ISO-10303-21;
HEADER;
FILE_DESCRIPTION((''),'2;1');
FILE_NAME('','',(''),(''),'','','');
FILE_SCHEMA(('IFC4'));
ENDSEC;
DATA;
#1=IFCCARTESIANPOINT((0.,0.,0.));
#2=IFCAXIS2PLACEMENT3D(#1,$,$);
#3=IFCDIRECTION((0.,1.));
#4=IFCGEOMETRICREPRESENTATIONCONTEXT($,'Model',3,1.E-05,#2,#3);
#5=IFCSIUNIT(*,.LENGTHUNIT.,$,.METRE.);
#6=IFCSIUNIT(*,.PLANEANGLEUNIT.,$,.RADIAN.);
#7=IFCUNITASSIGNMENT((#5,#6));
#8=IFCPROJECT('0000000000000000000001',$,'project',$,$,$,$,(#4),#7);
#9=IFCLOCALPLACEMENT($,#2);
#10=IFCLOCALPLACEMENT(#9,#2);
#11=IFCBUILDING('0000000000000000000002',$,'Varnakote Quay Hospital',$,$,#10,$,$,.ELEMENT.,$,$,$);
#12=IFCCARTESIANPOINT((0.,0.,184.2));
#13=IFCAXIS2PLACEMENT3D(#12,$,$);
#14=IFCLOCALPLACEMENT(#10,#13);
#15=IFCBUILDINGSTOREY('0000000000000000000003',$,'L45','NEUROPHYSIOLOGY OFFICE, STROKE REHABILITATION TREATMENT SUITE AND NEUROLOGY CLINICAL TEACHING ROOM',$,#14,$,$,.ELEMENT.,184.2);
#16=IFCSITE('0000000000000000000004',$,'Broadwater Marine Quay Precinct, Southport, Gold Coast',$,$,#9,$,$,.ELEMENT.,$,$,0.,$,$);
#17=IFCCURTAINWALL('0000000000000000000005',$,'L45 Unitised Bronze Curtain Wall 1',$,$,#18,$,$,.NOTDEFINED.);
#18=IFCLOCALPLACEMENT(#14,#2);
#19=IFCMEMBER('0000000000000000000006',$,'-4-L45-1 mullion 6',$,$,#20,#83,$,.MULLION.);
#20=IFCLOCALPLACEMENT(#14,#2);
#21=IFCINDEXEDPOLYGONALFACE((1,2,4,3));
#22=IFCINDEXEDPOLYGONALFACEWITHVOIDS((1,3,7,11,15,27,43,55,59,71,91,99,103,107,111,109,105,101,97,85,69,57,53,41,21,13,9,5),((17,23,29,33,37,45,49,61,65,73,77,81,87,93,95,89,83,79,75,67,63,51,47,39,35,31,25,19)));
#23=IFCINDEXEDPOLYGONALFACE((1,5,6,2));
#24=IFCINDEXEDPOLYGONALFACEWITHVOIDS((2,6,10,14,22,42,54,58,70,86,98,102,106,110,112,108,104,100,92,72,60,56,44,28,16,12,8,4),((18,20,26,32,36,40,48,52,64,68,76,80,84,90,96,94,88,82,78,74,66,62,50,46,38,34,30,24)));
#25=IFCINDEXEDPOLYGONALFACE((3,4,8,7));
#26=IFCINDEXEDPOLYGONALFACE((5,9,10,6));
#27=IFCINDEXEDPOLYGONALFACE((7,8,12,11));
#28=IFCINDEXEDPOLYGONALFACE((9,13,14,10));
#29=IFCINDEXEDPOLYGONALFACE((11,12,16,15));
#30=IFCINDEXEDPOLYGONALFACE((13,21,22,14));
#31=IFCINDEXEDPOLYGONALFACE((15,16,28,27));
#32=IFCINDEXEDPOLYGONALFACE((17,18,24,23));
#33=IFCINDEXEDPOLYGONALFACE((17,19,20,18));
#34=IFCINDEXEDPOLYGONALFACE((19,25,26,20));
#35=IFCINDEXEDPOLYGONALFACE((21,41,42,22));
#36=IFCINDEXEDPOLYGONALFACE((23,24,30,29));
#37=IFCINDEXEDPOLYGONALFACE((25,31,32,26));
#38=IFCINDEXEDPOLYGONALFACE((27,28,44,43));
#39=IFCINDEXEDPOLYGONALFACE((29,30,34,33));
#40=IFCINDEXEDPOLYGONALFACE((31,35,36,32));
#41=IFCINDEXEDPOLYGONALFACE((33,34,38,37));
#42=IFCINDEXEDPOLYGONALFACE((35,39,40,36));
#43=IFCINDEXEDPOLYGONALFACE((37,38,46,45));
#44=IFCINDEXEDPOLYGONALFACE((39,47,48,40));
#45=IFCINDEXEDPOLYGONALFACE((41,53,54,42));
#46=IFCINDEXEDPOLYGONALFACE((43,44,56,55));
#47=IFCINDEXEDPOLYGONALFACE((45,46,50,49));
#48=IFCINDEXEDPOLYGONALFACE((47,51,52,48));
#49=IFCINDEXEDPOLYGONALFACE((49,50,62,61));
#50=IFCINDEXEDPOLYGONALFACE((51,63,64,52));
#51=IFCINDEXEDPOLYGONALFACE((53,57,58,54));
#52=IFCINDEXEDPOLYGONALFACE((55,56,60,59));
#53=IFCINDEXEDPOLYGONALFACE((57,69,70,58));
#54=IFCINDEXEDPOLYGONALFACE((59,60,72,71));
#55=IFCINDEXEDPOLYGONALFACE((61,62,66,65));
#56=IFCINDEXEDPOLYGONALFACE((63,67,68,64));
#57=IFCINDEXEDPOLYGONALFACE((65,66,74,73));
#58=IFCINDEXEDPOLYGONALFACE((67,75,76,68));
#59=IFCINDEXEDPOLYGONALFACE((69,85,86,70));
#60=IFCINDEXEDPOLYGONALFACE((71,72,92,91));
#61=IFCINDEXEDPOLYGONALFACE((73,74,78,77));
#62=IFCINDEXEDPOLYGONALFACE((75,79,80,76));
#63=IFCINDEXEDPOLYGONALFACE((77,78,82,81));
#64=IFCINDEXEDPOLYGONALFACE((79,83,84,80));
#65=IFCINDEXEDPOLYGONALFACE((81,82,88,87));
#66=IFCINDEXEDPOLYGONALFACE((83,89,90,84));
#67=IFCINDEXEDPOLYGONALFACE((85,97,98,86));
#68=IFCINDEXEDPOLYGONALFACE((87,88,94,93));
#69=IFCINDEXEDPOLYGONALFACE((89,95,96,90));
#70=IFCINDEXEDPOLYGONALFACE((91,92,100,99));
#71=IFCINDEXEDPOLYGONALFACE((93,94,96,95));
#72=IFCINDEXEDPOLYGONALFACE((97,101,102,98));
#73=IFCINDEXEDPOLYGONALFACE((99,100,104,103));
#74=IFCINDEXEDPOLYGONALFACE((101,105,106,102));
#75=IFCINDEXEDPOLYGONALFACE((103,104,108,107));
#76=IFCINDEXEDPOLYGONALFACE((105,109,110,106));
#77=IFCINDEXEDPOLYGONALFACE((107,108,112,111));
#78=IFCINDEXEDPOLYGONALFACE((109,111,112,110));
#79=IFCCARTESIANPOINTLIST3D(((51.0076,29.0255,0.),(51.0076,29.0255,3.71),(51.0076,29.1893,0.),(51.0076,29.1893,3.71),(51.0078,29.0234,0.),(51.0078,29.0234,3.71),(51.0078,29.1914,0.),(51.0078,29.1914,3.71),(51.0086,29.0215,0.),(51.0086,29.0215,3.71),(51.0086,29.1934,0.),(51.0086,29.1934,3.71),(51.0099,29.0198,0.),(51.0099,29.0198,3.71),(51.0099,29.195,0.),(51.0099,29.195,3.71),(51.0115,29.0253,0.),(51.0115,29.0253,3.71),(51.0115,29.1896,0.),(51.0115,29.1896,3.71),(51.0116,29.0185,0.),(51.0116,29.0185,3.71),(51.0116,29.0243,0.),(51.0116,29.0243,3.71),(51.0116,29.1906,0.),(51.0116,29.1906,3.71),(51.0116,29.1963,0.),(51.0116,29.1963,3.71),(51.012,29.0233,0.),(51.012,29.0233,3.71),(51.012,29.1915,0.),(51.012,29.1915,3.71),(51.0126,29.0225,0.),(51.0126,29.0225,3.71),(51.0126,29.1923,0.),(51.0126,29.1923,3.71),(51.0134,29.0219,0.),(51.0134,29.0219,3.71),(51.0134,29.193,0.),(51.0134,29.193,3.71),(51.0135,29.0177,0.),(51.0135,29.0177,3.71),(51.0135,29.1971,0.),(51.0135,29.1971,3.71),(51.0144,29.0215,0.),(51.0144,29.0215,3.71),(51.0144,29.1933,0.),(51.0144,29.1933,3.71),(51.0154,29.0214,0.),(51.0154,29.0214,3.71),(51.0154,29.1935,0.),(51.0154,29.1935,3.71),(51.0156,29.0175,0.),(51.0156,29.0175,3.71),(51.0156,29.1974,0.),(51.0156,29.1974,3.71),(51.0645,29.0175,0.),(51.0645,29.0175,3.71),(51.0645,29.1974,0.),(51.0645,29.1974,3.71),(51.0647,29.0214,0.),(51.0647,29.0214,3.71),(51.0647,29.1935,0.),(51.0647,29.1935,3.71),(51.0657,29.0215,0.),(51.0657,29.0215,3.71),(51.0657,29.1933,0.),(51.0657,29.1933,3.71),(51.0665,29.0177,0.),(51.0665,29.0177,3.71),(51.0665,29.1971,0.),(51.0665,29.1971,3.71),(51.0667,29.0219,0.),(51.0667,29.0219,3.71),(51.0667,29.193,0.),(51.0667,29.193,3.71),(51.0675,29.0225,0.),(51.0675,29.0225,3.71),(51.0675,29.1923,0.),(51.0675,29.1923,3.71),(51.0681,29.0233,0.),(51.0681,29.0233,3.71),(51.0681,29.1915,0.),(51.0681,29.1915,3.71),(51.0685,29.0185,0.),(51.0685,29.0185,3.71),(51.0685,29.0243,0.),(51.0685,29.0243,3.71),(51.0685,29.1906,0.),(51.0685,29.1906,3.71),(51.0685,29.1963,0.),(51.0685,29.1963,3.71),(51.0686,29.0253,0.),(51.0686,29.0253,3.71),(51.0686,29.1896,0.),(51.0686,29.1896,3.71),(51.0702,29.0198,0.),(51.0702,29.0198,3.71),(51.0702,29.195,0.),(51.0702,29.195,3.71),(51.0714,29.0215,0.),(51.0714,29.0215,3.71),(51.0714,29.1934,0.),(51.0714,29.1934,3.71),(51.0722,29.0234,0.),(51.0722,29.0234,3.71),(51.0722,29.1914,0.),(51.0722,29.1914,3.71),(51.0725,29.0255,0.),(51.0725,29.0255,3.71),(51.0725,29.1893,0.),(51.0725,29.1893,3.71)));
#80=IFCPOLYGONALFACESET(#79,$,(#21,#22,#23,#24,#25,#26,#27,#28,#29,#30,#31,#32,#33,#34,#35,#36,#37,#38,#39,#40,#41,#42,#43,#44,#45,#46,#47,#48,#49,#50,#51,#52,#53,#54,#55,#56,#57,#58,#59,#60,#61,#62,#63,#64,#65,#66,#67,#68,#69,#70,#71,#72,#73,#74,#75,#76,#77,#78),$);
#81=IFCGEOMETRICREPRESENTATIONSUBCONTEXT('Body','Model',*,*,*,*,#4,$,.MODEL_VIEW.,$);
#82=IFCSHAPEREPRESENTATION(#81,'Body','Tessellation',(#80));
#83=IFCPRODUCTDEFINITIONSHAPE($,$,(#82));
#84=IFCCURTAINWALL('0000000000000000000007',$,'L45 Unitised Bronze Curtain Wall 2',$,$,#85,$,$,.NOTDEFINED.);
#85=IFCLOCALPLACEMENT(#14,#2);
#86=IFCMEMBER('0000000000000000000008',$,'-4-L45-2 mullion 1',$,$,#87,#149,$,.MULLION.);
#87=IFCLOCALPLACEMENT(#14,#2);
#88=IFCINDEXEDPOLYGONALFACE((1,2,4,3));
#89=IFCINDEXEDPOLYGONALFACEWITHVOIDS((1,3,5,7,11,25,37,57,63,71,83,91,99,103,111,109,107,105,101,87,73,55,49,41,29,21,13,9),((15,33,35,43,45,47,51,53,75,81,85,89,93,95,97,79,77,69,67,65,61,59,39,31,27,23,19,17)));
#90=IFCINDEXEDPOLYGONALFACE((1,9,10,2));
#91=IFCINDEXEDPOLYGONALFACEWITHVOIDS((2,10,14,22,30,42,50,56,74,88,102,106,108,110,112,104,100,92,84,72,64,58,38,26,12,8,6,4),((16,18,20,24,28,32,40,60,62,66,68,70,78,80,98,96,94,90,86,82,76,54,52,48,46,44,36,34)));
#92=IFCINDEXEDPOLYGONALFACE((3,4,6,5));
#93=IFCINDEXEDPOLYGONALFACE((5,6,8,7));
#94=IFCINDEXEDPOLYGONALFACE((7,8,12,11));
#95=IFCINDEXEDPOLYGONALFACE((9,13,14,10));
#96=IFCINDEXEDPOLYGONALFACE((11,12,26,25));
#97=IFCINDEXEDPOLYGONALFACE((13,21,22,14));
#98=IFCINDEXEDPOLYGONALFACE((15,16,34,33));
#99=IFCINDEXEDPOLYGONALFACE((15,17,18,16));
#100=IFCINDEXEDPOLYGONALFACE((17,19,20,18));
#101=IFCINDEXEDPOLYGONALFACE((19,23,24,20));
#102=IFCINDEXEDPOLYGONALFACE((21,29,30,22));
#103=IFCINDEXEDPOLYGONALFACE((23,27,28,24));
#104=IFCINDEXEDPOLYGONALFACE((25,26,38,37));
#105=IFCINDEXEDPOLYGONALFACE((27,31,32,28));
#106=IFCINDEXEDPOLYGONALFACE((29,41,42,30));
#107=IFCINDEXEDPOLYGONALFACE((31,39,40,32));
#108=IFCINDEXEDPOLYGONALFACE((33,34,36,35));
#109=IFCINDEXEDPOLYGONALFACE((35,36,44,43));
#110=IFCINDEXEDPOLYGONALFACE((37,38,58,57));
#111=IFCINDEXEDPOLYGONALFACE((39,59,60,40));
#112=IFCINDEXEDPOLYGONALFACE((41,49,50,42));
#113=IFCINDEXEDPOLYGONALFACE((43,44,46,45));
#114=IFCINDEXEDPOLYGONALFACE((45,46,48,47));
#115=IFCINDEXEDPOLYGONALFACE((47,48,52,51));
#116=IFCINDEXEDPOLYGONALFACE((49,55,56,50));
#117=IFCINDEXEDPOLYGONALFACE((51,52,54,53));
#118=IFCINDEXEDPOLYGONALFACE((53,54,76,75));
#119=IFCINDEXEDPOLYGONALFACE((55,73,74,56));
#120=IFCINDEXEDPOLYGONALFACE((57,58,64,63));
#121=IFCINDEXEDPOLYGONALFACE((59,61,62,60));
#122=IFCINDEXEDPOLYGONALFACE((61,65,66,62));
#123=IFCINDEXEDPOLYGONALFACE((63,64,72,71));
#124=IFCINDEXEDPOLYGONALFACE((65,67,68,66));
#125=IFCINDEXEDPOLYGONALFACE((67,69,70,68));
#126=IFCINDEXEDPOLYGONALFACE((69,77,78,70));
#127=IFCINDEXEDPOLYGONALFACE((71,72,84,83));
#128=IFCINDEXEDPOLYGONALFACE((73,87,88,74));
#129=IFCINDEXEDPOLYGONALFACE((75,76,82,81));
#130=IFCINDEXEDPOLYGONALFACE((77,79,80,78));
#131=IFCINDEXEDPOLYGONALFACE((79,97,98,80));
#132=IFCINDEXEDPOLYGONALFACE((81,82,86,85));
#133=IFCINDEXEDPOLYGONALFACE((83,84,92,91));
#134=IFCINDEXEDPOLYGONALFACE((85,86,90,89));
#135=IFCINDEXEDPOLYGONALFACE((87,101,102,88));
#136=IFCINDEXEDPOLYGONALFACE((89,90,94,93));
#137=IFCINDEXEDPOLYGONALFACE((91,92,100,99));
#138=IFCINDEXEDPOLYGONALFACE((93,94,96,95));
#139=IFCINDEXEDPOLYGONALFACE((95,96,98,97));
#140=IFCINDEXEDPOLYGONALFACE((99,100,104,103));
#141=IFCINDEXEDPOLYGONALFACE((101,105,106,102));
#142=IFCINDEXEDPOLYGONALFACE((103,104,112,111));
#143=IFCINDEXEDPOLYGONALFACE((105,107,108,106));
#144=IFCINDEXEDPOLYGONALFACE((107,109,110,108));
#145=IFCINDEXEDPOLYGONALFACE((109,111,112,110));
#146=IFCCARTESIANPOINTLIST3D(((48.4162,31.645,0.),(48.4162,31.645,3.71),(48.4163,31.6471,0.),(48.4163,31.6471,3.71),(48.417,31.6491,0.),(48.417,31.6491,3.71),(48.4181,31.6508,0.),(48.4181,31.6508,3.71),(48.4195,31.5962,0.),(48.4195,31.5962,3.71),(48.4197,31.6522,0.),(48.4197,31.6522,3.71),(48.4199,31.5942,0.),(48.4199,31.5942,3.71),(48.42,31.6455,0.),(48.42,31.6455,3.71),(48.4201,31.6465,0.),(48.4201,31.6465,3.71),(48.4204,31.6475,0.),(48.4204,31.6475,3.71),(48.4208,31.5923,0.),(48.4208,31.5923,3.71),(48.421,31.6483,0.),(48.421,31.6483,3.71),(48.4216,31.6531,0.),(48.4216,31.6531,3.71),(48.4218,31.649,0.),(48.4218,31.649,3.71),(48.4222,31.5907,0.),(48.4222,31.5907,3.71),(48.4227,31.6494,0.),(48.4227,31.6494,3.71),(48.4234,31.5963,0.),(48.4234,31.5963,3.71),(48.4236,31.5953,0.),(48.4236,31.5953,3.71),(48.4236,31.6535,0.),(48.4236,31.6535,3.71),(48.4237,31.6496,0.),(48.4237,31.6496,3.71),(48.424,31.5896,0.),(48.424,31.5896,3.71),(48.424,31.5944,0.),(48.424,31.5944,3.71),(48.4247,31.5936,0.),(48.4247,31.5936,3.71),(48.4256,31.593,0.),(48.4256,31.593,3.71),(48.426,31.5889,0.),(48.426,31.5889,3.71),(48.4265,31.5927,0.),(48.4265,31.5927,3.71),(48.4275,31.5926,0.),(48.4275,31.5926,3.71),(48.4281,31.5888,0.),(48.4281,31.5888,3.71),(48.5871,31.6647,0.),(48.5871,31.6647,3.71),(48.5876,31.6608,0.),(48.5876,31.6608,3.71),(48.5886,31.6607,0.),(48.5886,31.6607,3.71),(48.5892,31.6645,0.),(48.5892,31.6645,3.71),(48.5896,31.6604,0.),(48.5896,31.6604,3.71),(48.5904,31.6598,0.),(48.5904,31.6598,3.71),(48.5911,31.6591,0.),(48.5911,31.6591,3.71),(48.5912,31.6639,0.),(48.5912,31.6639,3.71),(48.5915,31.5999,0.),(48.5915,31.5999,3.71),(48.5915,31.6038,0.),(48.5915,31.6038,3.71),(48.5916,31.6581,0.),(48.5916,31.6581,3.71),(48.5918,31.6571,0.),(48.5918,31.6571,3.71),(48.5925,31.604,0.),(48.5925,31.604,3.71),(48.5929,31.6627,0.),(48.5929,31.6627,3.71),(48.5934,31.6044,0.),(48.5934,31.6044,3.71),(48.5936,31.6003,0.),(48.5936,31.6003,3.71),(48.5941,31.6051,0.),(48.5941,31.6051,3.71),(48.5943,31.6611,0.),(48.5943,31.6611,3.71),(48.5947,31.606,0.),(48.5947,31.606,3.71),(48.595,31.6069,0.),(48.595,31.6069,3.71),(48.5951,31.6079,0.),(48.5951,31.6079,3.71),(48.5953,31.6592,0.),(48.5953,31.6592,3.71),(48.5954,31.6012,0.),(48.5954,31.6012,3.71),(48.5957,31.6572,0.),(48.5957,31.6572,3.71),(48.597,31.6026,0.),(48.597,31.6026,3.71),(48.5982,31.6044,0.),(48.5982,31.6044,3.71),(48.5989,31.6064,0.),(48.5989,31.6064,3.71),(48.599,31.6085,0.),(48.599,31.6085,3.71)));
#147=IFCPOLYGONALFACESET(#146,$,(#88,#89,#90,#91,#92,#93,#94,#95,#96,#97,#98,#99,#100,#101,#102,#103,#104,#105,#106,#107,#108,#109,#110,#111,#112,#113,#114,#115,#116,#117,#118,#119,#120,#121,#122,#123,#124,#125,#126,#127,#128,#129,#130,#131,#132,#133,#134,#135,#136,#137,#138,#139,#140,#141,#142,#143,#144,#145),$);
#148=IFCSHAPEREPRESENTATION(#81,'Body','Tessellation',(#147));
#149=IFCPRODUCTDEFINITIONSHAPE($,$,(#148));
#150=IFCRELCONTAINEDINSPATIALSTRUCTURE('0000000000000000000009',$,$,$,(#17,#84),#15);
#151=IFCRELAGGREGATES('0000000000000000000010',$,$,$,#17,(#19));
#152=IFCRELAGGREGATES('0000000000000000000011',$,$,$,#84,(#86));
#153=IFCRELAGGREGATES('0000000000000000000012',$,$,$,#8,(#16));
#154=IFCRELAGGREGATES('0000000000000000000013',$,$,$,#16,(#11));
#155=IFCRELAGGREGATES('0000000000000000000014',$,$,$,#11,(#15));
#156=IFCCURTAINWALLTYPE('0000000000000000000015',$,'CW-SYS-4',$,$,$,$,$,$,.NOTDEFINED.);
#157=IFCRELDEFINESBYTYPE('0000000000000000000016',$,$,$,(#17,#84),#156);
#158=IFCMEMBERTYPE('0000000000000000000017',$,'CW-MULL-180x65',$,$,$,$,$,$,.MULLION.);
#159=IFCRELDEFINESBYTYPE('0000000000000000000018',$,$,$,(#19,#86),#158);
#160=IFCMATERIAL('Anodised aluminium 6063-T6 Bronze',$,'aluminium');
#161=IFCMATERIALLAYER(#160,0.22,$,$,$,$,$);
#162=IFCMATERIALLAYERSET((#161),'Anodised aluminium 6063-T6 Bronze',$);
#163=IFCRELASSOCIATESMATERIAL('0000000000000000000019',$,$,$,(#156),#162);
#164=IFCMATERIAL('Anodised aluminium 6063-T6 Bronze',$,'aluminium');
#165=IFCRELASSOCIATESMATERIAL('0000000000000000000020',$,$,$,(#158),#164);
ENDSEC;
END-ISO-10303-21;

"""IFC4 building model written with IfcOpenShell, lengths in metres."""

from ifc_helpers import new_model, si_unit, direction, frame, origin, origin_2d, place, context, subcontext, project, spatial, hollow_rectangle, extrude, material, layer, layer_set, material_profile, profile_set, type_object, element, aggregate, save


model = new_model("IFC4")

# Units and contexts
model_context = context("Model", 3, precision=1e-05, world=origin(), true_north=direction((0.0, 1.0)))
body_context = subcontext(model_context, "Body", "Model", "MODEL_VIEW")
ifc_project = project(units=[si_unit("LENGTHUNIT", "METRE"), si_unit("PLANEANGLEUNIT", "RADIAN")], contexts=[model_context])

# Site, building, storey
site_placement = place(None, origin())
site = spatial("IfcSite", under=ifc_project, at=site_placement, Name="Broadwater Marine Quay Precinct, Southport, Gold Coast", CompositionType="ELEMENT", RefElevation=0.0)
building_placement = place(site_placement, origin())
building = spatial("IfcBuilding", under=site, at=building_placement, Name="Varnakote Quay Hospital", CompositionType="ELEMENT")
storey_placement = place(building_placement, frame((0.0, 0.0, 184.2)))
storey = spatial("IfcBuildingStorey", under=building, at=storey_placement, Name="L45", Description="NEUROPHYSIOLOGY OFFICE, STROKE REHABILITATION TREATMENT SUITE AND NEUROLOGY CLINICAL TEACHING ROOM", CompositionType="ELEMENT", Elevation=184.2)

# Curtain wall, member
ifc_material_1 = material(Name="Anodised aluminium 6063-T6 Bronze", Category="aluminium")
ifc_layer_1 = layer(ifc_material_1, 0.22)
ifc_layer_set_1 = layer_set([ifc_layer_1], Name="Anodised aluminium 6063-T6 Bronze")
curtain_wall_type = type_object("IfcCurtainWallType", Name="CW-SYS-4", PredefinedType="NOTDEFINED", material=ifc_layer_set_1)
curtain_wall_1_placement = place(storey_placement, origin())
curtain_wall_1 = element("IfcCurtainWall", 1, at=curtain_wall_1_placement, inside=storey, type_object=curtain_wall_type, Name="L45 Unitised Bronze Curtain Wall 1", PredefinedType="NOTDEFINED")
ifc_material_2 = material(Name="Anodised aluminium 6063-T6 Bronze", Category="aluminium")
ifc_material_profile_1 = material_profile(ifc_material_2, hollow_rectangle(XDim=0.0649, YDim=0.1799, WallThickness=0.0039, InnerFilletRadius=0.0039, OuterFilletRadius=0.0081, at=origin_2d()), Name="CW-MULL-180x65")
ifc_profile_set_1 = profile_set([ifc_material_profile_1], Name="Anodised aluminium 6063-T6 Bronze")
member_type_1 = type_object("IfcMemberType", Name="CW-MULL-180x65", PredefinedType="MULLION", material=ifc_profile_set_1)
member_1_placement = place(storey_placement, frame((51.04, 29.1074, 0.0), z_axis=(0.0, 0.0, 1.0), x_axis=(-1.0, 0.0, 0.0)))
member_1 = element("IfcMember", 2, at=member_1_placement, type_object=member_type_1, Name="-4-L45-1 mullion 6", PredefinedType="MULLION", context=body_context, shape_type="SweptSolid", body=[
    extrude(hollow_rectangle(XDim=0.0649, YDim=0.1799, WallThickness=0.0039, InnerFilletRadius=0.0039, OuterFilletRadius=0.0081, at=origin_2d()), origin(), (0.0, 0.0, 1.0), 3.71),
])

# Curtain wall, member
curtain_wall_2_placement = place(storey_placement, origin())
curtain_wall_2 = element("IfcCurtainWall", 3, at=curtain_wall_2_placement, inside=storey, type_object=curtain_wall_type, Name="L45 Unitised Bronze Curtain Wall 2", PredefinedType="NOTDEFINED")
member_2_placement = place(storey_placement, frame((48.5076, 31.6267, 0.0), z_axis=(0.0, 0.0, 1.0), x_axis=(0.067842, -0.997696, 0.0)))
member_2 = element("IfcMember", 4, at=member_2_placement, type_object=member_type_1, Name="-4-L45-2 mullion 1", PredefinedType="MULLION", context=body_context, shape_type="SweptSolid", body=[
    extrude(hollow_rectangle(XDim=0.0649, YDim=0.1799, WallThickness=0.0039, InnerFilletRadius=0.0039, OuterFilletRadius=0.0081, at=origin_2d()), origin(), (0.0, 0.0, 1.0), 3.71),
])

aggregate(curtain_wall_1, [member_1])
aggregate(curtain_wall_2, [member_2])

save(model, "model.ifc")
